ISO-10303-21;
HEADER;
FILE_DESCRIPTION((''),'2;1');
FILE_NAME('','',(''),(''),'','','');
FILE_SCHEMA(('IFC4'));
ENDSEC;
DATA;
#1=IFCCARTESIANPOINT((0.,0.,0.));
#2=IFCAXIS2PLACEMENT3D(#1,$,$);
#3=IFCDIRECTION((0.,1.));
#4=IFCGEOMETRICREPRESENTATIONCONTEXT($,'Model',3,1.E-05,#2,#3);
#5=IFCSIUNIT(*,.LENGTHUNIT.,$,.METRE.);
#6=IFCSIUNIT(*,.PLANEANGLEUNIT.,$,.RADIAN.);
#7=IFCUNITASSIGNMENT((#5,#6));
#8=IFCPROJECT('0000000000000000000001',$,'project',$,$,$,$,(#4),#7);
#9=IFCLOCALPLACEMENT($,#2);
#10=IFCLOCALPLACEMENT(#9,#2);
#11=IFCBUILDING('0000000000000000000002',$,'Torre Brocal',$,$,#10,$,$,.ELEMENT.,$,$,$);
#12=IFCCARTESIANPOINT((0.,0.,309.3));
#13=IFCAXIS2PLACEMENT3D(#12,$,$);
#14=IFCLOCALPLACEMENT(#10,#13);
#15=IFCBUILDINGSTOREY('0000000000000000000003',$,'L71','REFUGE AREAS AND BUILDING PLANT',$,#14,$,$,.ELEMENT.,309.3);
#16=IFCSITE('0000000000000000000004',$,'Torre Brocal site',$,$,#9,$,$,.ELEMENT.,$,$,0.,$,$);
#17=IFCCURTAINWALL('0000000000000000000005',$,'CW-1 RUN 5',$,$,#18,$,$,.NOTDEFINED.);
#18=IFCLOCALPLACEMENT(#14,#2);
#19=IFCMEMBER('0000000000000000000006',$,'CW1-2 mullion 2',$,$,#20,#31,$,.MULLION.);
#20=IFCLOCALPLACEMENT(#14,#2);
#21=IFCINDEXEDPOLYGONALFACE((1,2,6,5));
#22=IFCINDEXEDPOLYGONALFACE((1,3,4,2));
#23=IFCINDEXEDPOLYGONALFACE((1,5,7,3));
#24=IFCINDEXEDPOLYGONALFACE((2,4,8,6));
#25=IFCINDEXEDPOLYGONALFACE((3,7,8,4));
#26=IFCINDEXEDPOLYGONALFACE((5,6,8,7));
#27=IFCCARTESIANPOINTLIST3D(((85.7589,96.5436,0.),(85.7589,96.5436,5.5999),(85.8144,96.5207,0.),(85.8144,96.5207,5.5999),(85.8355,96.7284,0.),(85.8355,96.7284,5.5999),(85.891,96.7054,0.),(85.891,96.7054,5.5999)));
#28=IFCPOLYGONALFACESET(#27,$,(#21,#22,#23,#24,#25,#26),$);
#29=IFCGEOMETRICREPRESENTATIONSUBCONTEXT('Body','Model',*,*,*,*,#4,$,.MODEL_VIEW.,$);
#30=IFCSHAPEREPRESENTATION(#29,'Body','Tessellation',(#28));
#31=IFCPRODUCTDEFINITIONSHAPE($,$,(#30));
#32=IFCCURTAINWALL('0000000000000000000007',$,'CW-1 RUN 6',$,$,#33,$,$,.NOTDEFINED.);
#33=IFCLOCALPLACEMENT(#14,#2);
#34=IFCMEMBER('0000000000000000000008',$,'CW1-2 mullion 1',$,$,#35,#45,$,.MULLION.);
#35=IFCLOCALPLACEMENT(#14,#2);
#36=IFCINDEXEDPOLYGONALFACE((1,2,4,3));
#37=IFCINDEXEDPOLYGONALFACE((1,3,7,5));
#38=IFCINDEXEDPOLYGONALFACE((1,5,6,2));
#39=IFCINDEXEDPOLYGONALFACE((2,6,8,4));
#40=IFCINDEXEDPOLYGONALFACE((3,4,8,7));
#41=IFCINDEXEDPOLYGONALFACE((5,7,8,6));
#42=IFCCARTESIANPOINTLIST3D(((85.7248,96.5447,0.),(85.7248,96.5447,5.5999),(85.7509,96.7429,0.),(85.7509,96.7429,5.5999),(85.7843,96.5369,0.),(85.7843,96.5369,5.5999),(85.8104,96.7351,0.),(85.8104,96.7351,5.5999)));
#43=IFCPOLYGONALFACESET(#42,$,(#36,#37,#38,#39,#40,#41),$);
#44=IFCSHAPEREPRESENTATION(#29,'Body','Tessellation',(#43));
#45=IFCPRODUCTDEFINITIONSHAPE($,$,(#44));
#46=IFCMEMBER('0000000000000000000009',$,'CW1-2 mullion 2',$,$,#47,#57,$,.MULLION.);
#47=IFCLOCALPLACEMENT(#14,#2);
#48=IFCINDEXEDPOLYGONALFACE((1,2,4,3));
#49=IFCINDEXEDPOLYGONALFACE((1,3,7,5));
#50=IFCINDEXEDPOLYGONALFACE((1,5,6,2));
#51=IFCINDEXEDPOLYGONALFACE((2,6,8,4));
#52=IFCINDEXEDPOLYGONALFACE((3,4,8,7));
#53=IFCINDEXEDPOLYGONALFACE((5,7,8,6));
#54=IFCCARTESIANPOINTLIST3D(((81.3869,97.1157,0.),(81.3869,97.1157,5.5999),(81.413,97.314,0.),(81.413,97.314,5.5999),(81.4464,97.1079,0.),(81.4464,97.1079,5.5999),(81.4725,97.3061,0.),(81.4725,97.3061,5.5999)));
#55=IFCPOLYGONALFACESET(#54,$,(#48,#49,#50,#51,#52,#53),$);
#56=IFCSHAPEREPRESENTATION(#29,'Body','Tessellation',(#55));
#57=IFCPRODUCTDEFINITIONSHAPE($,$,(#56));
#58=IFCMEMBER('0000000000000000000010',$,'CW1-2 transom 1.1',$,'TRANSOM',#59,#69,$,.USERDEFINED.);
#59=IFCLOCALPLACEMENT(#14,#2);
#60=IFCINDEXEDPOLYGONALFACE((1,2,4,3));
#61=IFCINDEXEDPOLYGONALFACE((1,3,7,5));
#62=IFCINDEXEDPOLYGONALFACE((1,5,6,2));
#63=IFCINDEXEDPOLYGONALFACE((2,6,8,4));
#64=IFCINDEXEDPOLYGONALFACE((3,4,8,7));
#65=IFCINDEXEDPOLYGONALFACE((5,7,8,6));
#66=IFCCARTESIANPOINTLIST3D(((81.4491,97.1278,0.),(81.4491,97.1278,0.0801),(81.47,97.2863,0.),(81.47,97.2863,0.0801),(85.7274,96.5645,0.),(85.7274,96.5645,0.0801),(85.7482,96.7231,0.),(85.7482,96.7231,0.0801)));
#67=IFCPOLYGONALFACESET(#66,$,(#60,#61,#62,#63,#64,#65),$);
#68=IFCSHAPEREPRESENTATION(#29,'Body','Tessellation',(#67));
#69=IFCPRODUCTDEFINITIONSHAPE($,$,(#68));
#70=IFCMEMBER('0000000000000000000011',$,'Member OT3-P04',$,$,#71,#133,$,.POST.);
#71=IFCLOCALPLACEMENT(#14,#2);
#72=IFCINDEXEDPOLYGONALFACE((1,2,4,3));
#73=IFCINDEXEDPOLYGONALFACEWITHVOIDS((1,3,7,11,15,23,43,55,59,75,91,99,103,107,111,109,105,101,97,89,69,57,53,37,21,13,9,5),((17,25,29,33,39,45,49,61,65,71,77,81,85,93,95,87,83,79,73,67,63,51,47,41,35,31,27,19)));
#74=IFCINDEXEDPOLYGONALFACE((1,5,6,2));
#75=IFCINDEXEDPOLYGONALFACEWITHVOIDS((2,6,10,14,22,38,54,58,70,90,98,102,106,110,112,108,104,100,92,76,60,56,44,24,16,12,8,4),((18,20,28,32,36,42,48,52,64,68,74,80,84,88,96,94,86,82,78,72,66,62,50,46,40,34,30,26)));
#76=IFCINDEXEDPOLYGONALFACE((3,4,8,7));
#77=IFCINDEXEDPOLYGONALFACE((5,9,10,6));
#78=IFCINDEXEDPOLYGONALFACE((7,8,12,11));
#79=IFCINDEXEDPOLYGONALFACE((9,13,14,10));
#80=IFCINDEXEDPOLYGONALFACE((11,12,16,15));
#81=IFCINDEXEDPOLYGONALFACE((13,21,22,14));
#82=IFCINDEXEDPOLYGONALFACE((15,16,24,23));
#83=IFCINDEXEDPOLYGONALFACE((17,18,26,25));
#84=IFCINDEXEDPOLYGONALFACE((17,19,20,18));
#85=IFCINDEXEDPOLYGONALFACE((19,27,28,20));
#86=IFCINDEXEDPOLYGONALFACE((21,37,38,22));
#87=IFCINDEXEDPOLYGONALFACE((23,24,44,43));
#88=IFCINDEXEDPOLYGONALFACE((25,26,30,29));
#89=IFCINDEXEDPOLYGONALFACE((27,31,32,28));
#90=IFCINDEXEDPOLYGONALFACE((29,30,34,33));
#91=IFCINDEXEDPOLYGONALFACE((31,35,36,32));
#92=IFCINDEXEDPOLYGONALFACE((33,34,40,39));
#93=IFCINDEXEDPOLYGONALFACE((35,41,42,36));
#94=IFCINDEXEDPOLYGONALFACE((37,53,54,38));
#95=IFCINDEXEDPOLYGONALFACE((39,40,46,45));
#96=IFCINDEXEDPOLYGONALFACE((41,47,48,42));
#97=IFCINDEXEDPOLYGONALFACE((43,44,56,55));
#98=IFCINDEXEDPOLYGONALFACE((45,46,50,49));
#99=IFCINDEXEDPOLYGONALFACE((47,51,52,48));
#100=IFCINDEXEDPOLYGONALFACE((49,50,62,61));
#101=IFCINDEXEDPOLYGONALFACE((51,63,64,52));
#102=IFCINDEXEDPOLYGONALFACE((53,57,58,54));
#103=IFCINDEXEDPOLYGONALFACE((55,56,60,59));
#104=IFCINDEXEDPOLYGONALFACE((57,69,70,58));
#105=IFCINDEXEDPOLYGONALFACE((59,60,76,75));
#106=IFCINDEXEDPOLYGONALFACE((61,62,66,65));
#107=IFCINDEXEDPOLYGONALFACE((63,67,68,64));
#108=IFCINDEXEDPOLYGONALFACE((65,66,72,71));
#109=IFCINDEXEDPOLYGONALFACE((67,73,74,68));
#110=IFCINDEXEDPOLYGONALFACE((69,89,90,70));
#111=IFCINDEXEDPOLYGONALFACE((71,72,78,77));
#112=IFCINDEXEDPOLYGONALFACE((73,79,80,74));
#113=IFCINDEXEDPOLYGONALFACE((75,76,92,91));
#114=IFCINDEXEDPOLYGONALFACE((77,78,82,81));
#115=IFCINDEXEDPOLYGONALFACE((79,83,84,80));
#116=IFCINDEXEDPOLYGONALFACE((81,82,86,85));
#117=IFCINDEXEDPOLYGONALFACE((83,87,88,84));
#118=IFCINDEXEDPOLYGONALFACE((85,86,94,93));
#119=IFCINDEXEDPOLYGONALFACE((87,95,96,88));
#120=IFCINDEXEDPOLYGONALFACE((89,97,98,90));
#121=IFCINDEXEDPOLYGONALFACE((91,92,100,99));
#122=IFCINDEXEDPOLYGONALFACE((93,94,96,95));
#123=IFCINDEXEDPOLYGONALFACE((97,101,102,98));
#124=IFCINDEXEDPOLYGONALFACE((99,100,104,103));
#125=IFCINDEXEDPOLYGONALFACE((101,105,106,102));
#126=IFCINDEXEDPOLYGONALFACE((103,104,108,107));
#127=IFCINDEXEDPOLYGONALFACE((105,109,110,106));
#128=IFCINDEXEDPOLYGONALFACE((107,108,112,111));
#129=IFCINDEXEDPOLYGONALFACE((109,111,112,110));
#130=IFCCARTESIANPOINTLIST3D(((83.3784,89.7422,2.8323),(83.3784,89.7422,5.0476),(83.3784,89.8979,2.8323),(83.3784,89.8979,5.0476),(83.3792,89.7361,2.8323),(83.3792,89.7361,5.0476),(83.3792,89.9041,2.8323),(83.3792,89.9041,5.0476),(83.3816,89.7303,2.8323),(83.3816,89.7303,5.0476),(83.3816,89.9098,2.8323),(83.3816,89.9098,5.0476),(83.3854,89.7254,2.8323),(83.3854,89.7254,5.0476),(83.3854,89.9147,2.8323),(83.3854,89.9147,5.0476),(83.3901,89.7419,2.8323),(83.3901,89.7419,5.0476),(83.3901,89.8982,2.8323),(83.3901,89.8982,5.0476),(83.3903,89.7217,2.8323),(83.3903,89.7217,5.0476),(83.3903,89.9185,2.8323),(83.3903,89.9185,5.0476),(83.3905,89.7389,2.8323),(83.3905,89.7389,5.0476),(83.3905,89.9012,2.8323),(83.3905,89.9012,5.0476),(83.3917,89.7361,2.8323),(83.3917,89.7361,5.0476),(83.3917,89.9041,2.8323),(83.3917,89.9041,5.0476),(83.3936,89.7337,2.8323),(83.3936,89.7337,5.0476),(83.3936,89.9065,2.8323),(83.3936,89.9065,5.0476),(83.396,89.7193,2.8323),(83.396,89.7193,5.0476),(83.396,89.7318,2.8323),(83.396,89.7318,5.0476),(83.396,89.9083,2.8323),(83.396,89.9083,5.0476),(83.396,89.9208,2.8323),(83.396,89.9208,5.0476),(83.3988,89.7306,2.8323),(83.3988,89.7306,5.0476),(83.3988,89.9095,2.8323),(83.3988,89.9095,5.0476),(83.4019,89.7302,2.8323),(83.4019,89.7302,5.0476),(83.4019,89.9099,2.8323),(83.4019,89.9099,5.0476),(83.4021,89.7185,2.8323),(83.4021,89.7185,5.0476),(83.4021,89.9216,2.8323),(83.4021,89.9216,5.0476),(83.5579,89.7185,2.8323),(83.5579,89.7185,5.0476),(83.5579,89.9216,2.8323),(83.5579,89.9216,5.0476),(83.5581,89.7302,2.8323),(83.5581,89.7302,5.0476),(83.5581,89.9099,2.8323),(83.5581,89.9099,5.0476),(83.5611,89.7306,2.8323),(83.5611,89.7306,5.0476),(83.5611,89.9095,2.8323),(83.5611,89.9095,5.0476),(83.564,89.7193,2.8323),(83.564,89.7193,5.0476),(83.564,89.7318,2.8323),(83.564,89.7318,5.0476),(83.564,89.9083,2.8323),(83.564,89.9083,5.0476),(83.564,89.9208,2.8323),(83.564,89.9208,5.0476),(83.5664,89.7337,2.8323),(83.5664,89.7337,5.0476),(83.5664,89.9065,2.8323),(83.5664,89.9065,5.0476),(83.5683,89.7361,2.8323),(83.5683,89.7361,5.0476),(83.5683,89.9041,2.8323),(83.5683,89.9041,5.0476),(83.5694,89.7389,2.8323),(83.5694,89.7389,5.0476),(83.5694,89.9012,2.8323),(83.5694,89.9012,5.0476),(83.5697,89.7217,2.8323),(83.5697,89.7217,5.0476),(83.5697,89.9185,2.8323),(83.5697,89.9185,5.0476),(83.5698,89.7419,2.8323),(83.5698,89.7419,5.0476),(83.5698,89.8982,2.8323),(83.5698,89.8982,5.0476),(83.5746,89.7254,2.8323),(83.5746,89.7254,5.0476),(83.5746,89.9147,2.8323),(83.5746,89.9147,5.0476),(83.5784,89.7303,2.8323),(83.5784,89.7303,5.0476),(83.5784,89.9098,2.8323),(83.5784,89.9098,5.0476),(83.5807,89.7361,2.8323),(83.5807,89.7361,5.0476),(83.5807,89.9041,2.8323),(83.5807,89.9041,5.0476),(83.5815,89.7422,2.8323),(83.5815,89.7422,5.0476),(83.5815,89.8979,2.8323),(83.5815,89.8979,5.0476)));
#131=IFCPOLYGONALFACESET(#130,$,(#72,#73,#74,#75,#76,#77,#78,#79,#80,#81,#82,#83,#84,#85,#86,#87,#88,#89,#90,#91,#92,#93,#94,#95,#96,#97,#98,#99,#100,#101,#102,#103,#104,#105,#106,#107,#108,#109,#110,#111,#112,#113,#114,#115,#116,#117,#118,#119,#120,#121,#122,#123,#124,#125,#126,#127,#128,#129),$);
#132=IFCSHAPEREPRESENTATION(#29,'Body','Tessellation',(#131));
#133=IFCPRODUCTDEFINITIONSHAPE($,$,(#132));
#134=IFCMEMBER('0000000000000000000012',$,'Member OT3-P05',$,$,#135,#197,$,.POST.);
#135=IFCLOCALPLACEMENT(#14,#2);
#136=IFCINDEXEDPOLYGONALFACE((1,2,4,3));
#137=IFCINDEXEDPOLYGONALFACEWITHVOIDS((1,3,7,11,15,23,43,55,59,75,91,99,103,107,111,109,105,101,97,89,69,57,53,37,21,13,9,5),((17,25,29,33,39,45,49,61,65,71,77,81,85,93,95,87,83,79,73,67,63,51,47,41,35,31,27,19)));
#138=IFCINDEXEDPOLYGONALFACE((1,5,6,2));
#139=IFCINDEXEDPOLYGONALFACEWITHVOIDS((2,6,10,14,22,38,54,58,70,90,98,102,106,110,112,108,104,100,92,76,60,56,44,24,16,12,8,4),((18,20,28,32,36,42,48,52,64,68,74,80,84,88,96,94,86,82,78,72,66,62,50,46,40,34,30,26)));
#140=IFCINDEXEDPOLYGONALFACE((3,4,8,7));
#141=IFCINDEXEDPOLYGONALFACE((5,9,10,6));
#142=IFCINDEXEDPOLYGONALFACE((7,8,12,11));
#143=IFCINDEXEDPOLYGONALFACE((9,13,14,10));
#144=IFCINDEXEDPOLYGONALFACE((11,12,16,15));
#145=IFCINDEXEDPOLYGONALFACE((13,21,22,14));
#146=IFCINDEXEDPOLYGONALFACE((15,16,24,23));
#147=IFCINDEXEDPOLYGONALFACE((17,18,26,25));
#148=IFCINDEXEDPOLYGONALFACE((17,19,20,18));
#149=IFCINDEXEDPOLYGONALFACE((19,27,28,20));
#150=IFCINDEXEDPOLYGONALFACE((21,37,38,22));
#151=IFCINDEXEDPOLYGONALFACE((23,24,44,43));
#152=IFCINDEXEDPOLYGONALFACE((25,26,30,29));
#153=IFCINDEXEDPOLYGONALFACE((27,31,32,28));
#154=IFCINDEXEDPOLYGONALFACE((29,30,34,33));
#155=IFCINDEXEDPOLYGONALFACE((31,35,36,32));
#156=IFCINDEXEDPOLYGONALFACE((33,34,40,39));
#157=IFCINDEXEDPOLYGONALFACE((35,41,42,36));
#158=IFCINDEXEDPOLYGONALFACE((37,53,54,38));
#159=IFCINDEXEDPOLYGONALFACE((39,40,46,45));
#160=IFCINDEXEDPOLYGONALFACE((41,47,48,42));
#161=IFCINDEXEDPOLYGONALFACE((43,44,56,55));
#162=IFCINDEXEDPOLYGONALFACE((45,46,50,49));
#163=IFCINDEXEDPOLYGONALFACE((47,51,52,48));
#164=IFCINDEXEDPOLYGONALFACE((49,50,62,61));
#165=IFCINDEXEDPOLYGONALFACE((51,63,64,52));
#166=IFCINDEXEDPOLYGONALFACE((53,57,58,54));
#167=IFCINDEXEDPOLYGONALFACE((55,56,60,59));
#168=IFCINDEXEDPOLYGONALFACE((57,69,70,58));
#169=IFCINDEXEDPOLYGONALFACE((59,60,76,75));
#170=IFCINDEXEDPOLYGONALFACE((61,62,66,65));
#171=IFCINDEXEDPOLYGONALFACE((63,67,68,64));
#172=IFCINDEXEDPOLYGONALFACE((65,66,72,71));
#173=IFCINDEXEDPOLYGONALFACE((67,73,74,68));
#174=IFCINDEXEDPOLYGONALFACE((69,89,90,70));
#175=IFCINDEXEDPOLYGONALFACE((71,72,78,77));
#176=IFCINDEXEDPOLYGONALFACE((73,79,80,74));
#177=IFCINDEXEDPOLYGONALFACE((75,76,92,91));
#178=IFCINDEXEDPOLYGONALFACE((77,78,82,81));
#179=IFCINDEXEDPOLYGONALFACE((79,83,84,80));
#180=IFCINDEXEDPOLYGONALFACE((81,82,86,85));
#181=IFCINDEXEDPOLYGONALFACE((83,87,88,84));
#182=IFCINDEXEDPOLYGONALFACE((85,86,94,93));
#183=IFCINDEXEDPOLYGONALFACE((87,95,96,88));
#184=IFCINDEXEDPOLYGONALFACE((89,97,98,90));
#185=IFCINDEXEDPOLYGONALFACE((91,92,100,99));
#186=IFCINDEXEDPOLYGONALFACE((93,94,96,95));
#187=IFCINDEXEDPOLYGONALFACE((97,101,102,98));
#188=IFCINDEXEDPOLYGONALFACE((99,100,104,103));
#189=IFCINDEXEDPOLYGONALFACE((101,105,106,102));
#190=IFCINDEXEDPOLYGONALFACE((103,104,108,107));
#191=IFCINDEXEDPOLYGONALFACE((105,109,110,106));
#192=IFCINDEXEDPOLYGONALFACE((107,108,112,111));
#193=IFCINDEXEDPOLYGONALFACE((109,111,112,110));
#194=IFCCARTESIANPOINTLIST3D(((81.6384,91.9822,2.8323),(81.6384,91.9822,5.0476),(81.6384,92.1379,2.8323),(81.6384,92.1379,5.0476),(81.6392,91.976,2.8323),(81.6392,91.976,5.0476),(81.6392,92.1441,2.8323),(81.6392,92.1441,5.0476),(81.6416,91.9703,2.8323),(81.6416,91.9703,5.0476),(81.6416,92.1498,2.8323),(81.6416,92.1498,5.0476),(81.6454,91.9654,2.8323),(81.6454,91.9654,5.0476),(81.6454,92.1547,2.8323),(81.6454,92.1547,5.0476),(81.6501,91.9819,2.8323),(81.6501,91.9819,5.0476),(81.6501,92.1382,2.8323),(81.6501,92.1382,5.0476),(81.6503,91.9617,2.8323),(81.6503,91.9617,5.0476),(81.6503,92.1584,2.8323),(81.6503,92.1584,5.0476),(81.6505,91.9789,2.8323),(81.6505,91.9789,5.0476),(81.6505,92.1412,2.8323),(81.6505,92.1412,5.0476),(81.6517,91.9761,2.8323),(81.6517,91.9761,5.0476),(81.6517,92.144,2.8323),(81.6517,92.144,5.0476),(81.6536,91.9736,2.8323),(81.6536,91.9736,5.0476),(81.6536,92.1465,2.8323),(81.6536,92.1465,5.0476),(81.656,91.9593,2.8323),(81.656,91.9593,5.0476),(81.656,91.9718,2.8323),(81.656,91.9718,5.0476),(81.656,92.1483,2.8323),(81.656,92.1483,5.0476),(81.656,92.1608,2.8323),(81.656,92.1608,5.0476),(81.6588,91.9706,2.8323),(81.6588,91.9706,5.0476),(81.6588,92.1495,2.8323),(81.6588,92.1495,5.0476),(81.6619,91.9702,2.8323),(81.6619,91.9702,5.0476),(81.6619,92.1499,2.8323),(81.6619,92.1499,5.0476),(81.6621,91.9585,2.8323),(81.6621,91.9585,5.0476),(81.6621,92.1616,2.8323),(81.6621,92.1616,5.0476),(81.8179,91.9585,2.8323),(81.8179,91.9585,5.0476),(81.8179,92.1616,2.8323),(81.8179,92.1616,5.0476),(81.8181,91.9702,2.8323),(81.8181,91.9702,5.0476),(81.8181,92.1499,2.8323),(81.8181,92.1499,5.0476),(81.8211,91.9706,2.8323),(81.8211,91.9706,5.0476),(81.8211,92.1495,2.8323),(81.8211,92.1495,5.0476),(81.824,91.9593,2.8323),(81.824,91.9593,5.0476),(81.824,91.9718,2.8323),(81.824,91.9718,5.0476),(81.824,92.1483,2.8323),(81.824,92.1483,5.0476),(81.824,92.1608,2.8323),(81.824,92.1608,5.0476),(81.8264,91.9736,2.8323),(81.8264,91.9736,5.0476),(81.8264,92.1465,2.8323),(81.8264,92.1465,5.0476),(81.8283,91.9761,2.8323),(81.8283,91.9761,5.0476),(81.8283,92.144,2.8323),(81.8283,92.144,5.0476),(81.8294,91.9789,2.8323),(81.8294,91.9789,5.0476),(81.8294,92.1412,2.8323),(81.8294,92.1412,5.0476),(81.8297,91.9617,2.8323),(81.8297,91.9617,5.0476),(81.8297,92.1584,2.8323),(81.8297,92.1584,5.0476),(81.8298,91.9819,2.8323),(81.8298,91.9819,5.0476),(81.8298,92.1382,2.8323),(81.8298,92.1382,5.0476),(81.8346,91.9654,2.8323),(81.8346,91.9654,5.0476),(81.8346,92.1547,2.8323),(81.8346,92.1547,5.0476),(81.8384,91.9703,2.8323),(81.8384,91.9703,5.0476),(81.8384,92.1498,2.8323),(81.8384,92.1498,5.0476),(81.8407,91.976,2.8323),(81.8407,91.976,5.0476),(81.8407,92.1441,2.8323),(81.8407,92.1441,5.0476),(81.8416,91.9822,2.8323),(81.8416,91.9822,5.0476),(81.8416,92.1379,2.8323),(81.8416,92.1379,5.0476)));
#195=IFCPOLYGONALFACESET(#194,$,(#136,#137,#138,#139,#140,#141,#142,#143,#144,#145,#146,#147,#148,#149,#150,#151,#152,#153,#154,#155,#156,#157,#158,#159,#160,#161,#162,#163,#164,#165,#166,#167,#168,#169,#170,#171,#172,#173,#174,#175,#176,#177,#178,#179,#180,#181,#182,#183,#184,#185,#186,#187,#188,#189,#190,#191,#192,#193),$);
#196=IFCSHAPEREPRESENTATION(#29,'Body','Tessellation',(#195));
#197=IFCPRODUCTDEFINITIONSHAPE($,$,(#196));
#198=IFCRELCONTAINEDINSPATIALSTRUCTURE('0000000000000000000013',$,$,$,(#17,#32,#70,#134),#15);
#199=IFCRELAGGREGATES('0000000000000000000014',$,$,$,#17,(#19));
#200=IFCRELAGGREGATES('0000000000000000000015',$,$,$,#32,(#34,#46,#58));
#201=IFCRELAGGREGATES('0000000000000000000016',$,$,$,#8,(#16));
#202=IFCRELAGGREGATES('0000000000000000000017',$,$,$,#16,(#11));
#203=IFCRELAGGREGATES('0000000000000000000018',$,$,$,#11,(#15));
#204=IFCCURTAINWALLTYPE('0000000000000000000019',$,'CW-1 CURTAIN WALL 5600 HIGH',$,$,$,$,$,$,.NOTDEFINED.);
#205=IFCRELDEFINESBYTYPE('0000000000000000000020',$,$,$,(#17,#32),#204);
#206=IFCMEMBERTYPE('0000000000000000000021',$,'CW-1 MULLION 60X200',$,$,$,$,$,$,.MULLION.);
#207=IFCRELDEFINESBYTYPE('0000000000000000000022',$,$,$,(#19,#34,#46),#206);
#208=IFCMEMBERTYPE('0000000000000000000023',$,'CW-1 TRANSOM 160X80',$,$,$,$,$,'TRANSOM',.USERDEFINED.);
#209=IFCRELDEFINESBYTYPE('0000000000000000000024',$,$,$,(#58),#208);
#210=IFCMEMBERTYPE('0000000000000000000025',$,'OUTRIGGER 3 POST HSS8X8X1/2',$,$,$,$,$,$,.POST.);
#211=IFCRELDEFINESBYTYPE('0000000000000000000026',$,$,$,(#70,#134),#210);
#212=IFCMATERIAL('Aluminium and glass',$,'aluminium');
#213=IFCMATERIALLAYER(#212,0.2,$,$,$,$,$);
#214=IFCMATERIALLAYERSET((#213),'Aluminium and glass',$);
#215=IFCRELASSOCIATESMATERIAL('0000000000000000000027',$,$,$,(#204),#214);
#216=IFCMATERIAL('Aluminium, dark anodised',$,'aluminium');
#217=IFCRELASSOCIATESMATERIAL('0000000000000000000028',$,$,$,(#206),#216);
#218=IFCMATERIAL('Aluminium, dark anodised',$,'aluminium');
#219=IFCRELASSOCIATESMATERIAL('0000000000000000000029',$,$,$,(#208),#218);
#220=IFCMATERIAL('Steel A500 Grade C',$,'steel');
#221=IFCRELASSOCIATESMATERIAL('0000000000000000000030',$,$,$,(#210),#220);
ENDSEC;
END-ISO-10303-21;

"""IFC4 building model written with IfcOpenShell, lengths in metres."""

from ifc_helpers import new_model, si_unit, direction, frame, origin, origin_2d, place, context, subcontext, project, spatial, rectangle, hollow_rectangle, extrude, material, layer, layer_set, material_profile, profile_set, type_object, element, aggregate, save


model = new_model("IFC4")

# Units and contexts
model_context = context("Model", 3, precision=1e-05, world=origin(), true_north=direction((0.0, 1.0)))
body_context = subcontext(model_context, "Body", "Model", "MODEL_VIEW")
ifc_project = project(units=[si_unit("LENGTHUNIT", "METRE"), si_unit("PLANEANGLEUNIT", "RADIAN")], contexts=[model_context])

# Site, building, storey
site_placement = place(None, origin())
site = spatial("IfcSite", under=ifc_project, at=site_placement, Name="Torre Brocal site", CompositionType="ELEMENT", RefElevation=0.0)
building_placement = place(site_placement, origin())
building = spatial("IfcBuilding", under=site, at=building_placement, Name="Torre Brocal", CompositionType="ELEMENT")
storey_placement = place(building_placement, frame((0.0, 0.0, 309.3)))
storey = spatial("IfcBuildingStorey", under=building, at=storey_placement, Name="L71", Description="REFUGE AREAS AND BUILDING PLANT", CompositionType="ELEMENT", Elevation=309.3)

# Curtain wall, member
ifc_material_1 = material(Name="Aluminium and glass", Category="aluminium")
ifc_layer_1 = layer(ifc_material_1, 0.2)
ifc_layer_set_1 = layer_set([ifc_layer_1], Name="Aluminium and glass")
curtain_wall_type = type_object("IfcCurtainWallType", Name="CW-1 CURTAIN WALL 5600 HIGH", PredefinedType="NOTDEFINED", material=ifc_layer_set_1)
curtain_wall_1_placement = place(storey_placement, origin())
curtain_wall_1 = element("IfcCurtainWall", 1, at=curtain_wall_1_placement, inside=storey, type_object=curtain_wall_type, Name="CW-1 RUN 5", PredefinedType="NOTDEFINED")
ifc_material_2 = material(Name="Aluminium, dark anodised", Category="aluminium")
ifc_material_profile_1 = material_profile(ifc_material_2, rectangle(XDim=0.2, YDim=0.0601, at=origin_2d()), Name="CW-1 MULLION 60X200")
ifc_profile_set_1 = profile_set([ifc_material_profile_1], Name="Aluminium, dark anodised")
member_type_1 = type_object("IfcMemberType", Name="CW-1 MULLION 60X200", PredefinedType="MULLION", material=ifc_profile_set_1)
member_1_placement = place(storey_placement, frame((85.825, 96.6245, 0.0), z_axis=(0.0, 0.0, 1.0), x_axis=(-0.382683, -0.92388, 0.0)))
member_1 = element("IfcMember", 2, at=member_1_placement, type_object=member_type_1, Name="CW1-2 mullion 2", PredefinedType="MULLION", context=body_context, shape_type="SweptSolid", body=[
    extrude(rectangle(XDim=0.2, YDim=0.0601, at=origin_2d()), origin(), (0.0, 0.0, 1.0), 5.5999),
])

# Curtain wall, members
curtain_wall_2_placement = place(storey_placement, origin())
curtain_wall_2 = element("IfcCurtainWall", 3, at=curtain_wall_2_placement, inside=storey, type_object=curtain_wall_type, Name="CW-1 RUN 6", PredefinedType="NOTDEFINED")
member_2_placement = place(storey_placement, frame((85.7676, 96.6399, 0.0), z_axis=(0.0, 0.0, 1.0), x_axis=(-0.130526, -0.991445, 0.0)))
member_2 = element("IfcMember", 4, at=member_2_placement, type_object=member_type_1, Name="CW1-2 mullion 1", PredefinedType="MULLION", context=body_context, shape_type="SweptSolid", body=[
    extrude(rectangle(XDim=0.2, YDim=0.0601, at=origin_2d()), origin(), (0.0, 0.0, 1.0), 5.5999),
])
member_3_placement = place(storey_placement, frame((81.4297, 97.2109, 0.0), z_axis=(0.0, 0.0, 1.0), x_axis=(-0.130526, -0.991445, 0.0)))
member_3 = element("IfcMember", 5, at=member_3_placement, type_object=member_type_1, Name="CW1-2 mullion 2", PredefinedType="MULLION", context=body_context, shape_type="SweptSolid", body=[
    extrude(rectangle(XDim=0.2, YDim=0.0601, at=origin_2d()), origin(), (0.0, 0.0, 1.0), 5.5999),
])
ifc_material_3 = material(Name="Aluminium, dark anodised", Category="aluminium")
ifc_material_profile_2 = material_profile(ifc_material_3, rectangle(XDim=0.1599, YDim=0.0801, at=origin_2d()), Name="CW-1 TRANSOM 160X80")
ifc_profile_set_2 = profile_set([ifc_material_profile_2], Name="Aluminium, dark anodised")
member_type_2 = type_object("IfcMemberType", Name="CW-1 TRANSOM 160X80", ElementType="TRANSOM", PredefinedType="USERDEFINED", material=ifc_profile_set_2)
member_4_placement = place(storey_placement, frame((85.7378, 96.6438, 0.04), z_axis=(-0.991445, 0.130522, 0.0), x_axis=(-0.130522, -0.991445, 0.0)))
member_4 = element("IfcMember", 6, at=member_4_placement, type_object=member_type_2, Name="CW1-2 transom 1.1", ObjectType="TRANSOM", PredefinedType="USERDEFINED", context=body_context, shape_type="SweptSolid", body=[
    extrude(rectangle(XDim=0.1599, YDim=0.0801, at=origin_2d()), origin(), (0.0, 0.0, 1.0), 4.3152),
])

# Members
ifc_material_4 = material(Name="Steel A500 Grade C", Category="steel")
ifc_material_profile_3 = material_profile(ifc_material_4, hollow_rectangle(XDim=0.2031, YDim=0.2031, WallThickness=0.0117, InnerFilletRadius=0.0117, OuterFilletRadius=0.0237, at=origin_2d()), Name="HSS8X8X1/2")
ifc_profile_set_3 = profile_set([ifc_material_profile_3], Name="Steel A500 Grade C")
member_type_3 = type_object("IfcMemberType", Name="OUTRIGGER 3 POST HSS8X8X1/2", PredefinedType="POST", material=ifc_profile_set_3)
for number, where, z_axis, x_axis, name in (
    (7, (83.48, 89.8201, 2.8323), (0.0, 0.0, 1.0), (1.0, 0.0, 0.0), "Member OT3-P04"),
    (8, (81.74, 92.0601, 2.8323), (0.0, 0.0, 1.0), (1.0, 0.0, 0.0), "Member OT3-P05"),
):
    element("IfcMember", number, at=place(storey_placement, frame(where, z_axis=z_axis, x_axis=x_axis)), inside=storey, type_object=member_type_3, Name=name, PredefinedType="POST", context=body_context, shape_type="SweptSolid", body=[
        extrude(hollow_rectangle(XDim=0.2031, YDim=0.2031, WallThickness=0.0117, InnerFilletRadius=0.0117, OuterFilletRadius=0.0237, at=origin_2d()), origin(), (0.0, 0.0, 1.0), 2.2153),
    ])

aggregate(curtain_wall_1, [member_1])
aggregate(curtain_wall_2, [member_2, member_3, member_4])

save(model, "model.ifc")
